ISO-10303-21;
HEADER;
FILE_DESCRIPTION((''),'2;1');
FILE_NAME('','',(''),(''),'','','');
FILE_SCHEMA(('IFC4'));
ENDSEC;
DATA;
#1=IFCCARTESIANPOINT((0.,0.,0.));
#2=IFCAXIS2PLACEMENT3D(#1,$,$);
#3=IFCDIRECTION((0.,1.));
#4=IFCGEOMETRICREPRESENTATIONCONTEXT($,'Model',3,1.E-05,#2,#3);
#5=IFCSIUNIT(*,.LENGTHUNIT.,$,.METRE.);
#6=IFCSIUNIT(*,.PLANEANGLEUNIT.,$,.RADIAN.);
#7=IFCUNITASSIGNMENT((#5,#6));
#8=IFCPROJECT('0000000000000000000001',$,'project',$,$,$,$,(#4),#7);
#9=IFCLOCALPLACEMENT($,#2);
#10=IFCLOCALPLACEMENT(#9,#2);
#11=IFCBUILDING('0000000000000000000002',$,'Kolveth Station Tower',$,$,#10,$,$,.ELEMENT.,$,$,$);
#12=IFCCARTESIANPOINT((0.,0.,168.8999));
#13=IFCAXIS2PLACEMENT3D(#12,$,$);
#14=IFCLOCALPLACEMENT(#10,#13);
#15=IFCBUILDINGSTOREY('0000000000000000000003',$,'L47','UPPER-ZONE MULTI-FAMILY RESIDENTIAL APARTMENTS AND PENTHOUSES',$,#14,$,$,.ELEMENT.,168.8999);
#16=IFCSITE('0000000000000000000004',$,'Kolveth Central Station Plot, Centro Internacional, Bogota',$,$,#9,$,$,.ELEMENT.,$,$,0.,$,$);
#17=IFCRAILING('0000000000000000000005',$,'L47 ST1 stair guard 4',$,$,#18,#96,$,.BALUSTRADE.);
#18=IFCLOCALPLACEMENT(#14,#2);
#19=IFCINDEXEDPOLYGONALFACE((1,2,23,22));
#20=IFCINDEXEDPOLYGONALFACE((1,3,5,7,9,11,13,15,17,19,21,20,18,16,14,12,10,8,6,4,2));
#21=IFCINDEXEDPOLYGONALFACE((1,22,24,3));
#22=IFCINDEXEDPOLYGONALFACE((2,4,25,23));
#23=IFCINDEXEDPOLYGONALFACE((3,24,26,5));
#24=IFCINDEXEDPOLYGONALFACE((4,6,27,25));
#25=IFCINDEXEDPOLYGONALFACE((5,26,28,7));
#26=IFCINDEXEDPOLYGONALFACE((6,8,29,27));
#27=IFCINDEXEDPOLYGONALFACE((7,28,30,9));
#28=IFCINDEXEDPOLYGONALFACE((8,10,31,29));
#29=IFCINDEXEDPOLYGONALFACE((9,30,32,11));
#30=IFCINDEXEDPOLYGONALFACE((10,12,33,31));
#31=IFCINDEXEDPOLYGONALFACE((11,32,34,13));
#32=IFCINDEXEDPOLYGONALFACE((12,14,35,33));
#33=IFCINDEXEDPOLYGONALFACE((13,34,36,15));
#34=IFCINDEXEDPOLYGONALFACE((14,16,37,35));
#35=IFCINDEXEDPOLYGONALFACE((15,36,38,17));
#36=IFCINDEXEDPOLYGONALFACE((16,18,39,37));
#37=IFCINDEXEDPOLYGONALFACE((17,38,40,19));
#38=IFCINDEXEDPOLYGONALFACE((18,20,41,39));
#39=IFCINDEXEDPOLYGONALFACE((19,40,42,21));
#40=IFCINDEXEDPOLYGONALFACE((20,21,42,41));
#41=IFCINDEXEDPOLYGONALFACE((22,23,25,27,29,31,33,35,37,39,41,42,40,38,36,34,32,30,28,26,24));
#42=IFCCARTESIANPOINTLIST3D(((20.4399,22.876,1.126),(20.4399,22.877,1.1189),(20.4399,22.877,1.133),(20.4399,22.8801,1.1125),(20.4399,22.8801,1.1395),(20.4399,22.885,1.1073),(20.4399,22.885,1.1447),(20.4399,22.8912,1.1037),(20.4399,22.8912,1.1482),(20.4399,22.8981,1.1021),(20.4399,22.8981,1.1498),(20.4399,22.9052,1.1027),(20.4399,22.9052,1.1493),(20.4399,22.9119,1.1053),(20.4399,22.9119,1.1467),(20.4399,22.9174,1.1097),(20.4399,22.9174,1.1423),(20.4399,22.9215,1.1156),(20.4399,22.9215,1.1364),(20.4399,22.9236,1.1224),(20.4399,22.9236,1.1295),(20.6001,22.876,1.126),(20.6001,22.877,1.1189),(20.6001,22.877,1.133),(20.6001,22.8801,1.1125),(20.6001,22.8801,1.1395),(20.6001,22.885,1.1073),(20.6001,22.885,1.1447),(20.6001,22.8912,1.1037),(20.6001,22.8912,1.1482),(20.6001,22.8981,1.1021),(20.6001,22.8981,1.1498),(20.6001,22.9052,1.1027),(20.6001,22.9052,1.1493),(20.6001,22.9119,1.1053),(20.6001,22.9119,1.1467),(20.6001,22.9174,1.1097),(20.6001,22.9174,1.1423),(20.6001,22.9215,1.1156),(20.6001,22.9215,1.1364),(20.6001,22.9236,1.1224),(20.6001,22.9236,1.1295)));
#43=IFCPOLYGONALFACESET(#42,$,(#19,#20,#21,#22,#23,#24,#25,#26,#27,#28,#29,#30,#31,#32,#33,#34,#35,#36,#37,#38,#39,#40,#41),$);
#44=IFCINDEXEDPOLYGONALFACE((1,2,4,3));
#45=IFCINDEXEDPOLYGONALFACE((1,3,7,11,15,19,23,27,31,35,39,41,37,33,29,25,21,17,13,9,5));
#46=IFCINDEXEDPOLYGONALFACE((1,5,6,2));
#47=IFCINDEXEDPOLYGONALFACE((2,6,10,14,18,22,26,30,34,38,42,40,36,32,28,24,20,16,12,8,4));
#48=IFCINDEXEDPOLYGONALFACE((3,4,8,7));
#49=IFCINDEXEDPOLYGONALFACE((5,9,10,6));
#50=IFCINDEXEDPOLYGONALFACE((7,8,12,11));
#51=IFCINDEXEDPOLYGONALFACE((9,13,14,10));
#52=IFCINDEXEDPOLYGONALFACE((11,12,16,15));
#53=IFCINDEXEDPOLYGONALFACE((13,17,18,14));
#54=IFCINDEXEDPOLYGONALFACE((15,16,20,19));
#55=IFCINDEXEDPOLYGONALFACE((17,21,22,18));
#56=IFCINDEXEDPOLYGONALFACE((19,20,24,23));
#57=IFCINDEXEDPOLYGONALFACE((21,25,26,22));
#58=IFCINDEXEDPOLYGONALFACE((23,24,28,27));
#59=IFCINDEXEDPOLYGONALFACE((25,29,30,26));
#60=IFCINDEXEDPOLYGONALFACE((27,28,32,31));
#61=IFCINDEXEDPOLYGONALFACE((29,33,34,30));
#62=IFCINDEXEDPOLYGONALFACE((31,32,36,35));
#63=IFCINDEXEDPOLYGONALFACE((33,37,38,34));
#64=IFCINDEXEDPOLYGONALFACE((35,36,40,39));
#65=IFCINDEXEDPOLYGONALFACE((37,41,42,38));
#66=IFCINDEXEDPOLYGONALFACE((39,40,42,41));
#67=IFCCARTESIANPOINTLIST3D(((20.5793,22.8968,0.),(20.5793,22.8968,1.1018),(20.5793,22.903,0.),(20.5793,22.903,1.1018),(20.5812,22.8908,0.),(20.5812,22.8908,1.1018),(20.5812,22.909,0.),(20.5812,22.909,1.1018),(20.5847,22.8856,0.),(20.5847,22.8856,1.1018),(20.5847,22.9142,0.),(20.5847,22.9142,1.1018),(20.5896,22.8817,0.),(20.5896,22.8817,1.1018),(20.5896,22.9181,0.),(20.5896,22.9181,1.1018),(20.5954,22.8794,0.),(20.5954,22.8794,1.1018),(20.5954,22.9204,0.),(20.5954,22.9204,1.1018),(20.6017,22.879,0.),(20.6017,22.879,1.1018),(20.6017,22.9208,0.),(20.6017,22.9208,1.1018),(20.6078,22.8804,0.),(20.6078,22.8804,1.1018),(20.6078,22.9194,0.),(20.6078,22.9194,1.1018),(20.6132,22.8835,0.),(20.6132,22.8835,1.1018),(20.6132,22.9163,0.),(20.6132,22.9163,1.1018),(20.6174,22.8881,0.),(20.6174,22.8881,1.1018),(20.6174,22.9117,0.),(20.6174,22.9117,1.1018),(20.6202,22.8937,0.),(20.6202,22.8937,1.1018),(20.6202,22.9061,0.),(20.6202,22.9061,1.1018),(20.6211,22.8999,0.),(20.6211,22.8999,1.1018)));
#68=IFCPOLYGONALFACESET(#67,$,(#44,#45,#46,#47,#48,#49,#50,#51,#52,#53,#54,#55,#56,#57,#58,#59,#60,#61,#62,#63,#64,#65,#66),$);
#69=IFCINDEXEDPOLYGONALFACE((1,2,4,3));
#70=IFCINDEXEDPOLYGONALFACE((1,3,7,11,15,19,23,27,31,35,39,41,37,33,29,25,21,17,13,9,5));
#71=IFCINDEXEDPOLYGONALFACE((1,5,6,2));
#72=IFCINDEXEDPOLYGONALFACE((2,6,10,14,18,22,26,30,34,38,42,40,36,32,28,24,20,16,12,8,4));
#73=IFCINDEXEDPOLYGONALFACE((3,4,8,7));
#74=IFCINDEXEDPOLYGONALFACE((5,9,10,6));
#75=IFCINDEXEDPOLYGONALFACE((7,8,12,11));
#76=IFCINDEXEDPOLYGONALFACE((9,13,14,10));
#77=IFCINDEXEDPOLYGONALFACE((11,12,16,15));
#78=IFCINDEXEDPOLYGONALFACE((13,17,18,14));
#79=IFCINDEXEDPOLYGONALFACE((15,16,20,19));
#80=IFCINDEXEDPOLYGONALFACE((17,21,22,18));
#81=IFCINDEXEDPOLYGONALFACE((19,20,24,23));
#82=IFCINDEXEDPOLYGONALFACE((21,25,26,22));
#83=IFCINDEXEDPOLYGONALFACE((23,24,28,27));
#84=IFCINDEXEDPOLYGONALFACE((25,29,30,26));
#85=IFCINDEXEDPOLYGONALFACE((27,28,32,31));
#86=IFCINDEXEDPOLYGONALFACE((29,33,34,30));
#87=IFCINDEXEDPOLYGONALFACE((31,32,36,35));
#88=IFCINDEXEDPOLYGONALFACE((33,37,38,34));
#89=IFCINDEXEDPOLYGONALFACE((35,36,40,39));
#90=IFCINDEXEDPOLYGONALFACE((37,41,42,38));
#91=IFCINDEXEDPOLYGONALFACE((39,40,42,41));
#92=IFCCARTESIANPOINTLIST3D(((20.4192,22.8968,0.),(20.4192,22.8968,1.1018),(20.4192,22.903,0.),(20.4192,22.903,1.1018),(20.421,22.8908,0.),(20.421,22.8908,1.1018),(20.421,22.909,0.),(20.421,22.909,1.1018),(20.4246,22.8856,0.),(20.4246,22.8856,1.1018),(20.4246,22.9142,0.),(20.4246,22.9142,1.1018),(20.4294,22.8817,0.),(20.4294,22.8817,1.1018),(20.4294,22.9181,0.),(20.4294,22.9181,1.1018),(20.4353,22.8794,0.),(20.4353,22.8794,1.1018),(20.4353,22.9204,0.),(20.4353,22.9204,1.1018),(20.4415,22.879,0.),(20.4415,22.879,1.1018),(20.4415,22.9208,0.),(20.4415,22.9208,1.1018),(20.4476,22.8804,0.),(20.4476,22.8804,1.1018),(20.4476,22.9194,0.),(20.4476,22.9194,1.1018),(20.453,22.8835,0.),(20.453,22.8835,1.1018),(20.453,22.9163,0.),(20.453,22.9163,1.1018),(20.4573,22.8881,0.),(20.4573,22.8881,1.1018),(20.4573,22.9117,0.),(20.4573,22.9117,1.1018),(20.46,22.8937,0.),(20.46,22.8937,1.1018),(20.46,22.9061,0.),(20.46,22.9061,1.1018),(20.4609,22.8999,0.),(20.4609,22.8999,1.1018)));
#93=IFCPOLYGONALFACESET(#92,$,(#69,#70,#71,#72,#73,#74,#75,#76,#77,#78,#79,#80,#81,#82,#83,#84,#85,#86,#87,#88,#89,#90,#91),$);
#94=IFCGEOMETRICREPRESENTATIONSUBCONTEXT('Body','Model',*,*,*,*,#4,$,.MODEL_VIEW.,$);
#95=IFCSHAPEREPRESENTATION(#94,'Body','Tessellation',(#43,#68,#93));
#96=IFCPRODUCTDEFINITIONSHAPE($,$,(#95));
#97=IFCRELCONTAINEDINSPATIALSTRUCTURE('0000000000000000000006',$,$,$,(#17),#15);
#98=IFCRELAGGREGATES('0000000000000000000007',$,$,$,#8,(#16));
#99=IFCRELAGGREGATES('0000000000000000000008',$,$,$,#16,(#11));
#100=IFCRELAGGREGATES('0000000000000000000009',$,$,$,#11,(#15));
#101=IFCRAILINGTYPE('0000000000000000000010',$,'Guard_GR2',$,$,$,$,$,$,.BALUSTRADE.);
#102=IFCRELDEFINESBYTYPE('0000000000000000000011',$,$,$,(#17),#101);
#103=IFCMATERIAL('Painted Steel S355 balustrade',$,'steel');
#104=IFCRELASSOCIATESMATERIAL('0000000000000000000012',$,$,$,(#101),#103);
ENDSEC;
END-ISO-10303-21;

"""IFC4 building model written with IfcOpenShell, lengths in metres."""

from ifc_helpers import new_model, si_unit, direction, frame, origin, origin_2d, place, context, subcontext, project, spatial, circle, extrude, material, type_object, element, save


model = new_model("IFC4")

# Units and contexts
model_context = context("Model", 3, precision=1e-05, world=origin(), true_north=direction((0.0, 1.0)))
body_context = subcontext(model_context, "Body", "Model", "MODEL_VIEW")
ifc_project = project(units=[si_unit("LENGTHUNIT", "METRE"), si_unit("PLANEANGLEUNIT", "RADIAN")], contexts=[model_context])

# Site, building, storey
site_placement = place(None, origin())
site = spatial("IfcSite", under=ifc_project, at=site_placement, Name="Kolveth Central Station Plot, Centro Internacional, Bogota", CompositionType="ELEMENT", RefElevation=0.0)
building_placement = place(site_placement, origin())
building = spatial("IfcBuilding", under=site, at=building_placement, Name="Kolveth Station Tower", CompositionType="ELEMENT")
storey_placement = place(building_placement, frame((0.0, 0.0, 168.8999)))
storey = spatial("IfcBuildingStorey", under=building, at=storey_placement, Name="L47", Description="UPPER-ZONE MULTI-FAMILY RESIDENTIAL APARTMENTS AND PENTHOUSES", CompositionType="ELEMENT", Elevation=168.8999)

# Railing
ifc_material_1 = material(Name="Painted Steel S355 balustrade", Category="steel")
railing_type_1 = type_object("IfcRailingType", Name="Guard_GR2", PredefinedType="BALUSTRADE", material=ifc_material_1)
railing_1_placement = place(storey_placement, frame((20.6001, 22.8999, 0.0)))
element("IfcRailing", 1, at=railing_1_placement, inside=storey, type_object=railing_type_1, Name="L47 ST1 stair guard 4", PredefinedType="BALUSTRADE", context=body_context, shape_type="SweptSolid", body=[
    extrude(circle(Radius=0.0239, at=origin_2d()), frame((0.0, 0.0, 1.126), z_axis=(-1.0, 0.0, 0.0), x_axis=(0.0, -1.0, 0.0)), (0.0, 0.0, 1.0), 0.1602),
    extrude(circle(Radius=0.021, at=origin_2d()), origin(), (0.0, 0.0, 1.0), 1.1018),
    extrude(circle(Radius=0.021, at=origin_2d()), frame((-0.1602, 0.0, 0.0)), (0.0, 0.0, 1.0), 1.1018),
])

save(model, "model.ifc")
